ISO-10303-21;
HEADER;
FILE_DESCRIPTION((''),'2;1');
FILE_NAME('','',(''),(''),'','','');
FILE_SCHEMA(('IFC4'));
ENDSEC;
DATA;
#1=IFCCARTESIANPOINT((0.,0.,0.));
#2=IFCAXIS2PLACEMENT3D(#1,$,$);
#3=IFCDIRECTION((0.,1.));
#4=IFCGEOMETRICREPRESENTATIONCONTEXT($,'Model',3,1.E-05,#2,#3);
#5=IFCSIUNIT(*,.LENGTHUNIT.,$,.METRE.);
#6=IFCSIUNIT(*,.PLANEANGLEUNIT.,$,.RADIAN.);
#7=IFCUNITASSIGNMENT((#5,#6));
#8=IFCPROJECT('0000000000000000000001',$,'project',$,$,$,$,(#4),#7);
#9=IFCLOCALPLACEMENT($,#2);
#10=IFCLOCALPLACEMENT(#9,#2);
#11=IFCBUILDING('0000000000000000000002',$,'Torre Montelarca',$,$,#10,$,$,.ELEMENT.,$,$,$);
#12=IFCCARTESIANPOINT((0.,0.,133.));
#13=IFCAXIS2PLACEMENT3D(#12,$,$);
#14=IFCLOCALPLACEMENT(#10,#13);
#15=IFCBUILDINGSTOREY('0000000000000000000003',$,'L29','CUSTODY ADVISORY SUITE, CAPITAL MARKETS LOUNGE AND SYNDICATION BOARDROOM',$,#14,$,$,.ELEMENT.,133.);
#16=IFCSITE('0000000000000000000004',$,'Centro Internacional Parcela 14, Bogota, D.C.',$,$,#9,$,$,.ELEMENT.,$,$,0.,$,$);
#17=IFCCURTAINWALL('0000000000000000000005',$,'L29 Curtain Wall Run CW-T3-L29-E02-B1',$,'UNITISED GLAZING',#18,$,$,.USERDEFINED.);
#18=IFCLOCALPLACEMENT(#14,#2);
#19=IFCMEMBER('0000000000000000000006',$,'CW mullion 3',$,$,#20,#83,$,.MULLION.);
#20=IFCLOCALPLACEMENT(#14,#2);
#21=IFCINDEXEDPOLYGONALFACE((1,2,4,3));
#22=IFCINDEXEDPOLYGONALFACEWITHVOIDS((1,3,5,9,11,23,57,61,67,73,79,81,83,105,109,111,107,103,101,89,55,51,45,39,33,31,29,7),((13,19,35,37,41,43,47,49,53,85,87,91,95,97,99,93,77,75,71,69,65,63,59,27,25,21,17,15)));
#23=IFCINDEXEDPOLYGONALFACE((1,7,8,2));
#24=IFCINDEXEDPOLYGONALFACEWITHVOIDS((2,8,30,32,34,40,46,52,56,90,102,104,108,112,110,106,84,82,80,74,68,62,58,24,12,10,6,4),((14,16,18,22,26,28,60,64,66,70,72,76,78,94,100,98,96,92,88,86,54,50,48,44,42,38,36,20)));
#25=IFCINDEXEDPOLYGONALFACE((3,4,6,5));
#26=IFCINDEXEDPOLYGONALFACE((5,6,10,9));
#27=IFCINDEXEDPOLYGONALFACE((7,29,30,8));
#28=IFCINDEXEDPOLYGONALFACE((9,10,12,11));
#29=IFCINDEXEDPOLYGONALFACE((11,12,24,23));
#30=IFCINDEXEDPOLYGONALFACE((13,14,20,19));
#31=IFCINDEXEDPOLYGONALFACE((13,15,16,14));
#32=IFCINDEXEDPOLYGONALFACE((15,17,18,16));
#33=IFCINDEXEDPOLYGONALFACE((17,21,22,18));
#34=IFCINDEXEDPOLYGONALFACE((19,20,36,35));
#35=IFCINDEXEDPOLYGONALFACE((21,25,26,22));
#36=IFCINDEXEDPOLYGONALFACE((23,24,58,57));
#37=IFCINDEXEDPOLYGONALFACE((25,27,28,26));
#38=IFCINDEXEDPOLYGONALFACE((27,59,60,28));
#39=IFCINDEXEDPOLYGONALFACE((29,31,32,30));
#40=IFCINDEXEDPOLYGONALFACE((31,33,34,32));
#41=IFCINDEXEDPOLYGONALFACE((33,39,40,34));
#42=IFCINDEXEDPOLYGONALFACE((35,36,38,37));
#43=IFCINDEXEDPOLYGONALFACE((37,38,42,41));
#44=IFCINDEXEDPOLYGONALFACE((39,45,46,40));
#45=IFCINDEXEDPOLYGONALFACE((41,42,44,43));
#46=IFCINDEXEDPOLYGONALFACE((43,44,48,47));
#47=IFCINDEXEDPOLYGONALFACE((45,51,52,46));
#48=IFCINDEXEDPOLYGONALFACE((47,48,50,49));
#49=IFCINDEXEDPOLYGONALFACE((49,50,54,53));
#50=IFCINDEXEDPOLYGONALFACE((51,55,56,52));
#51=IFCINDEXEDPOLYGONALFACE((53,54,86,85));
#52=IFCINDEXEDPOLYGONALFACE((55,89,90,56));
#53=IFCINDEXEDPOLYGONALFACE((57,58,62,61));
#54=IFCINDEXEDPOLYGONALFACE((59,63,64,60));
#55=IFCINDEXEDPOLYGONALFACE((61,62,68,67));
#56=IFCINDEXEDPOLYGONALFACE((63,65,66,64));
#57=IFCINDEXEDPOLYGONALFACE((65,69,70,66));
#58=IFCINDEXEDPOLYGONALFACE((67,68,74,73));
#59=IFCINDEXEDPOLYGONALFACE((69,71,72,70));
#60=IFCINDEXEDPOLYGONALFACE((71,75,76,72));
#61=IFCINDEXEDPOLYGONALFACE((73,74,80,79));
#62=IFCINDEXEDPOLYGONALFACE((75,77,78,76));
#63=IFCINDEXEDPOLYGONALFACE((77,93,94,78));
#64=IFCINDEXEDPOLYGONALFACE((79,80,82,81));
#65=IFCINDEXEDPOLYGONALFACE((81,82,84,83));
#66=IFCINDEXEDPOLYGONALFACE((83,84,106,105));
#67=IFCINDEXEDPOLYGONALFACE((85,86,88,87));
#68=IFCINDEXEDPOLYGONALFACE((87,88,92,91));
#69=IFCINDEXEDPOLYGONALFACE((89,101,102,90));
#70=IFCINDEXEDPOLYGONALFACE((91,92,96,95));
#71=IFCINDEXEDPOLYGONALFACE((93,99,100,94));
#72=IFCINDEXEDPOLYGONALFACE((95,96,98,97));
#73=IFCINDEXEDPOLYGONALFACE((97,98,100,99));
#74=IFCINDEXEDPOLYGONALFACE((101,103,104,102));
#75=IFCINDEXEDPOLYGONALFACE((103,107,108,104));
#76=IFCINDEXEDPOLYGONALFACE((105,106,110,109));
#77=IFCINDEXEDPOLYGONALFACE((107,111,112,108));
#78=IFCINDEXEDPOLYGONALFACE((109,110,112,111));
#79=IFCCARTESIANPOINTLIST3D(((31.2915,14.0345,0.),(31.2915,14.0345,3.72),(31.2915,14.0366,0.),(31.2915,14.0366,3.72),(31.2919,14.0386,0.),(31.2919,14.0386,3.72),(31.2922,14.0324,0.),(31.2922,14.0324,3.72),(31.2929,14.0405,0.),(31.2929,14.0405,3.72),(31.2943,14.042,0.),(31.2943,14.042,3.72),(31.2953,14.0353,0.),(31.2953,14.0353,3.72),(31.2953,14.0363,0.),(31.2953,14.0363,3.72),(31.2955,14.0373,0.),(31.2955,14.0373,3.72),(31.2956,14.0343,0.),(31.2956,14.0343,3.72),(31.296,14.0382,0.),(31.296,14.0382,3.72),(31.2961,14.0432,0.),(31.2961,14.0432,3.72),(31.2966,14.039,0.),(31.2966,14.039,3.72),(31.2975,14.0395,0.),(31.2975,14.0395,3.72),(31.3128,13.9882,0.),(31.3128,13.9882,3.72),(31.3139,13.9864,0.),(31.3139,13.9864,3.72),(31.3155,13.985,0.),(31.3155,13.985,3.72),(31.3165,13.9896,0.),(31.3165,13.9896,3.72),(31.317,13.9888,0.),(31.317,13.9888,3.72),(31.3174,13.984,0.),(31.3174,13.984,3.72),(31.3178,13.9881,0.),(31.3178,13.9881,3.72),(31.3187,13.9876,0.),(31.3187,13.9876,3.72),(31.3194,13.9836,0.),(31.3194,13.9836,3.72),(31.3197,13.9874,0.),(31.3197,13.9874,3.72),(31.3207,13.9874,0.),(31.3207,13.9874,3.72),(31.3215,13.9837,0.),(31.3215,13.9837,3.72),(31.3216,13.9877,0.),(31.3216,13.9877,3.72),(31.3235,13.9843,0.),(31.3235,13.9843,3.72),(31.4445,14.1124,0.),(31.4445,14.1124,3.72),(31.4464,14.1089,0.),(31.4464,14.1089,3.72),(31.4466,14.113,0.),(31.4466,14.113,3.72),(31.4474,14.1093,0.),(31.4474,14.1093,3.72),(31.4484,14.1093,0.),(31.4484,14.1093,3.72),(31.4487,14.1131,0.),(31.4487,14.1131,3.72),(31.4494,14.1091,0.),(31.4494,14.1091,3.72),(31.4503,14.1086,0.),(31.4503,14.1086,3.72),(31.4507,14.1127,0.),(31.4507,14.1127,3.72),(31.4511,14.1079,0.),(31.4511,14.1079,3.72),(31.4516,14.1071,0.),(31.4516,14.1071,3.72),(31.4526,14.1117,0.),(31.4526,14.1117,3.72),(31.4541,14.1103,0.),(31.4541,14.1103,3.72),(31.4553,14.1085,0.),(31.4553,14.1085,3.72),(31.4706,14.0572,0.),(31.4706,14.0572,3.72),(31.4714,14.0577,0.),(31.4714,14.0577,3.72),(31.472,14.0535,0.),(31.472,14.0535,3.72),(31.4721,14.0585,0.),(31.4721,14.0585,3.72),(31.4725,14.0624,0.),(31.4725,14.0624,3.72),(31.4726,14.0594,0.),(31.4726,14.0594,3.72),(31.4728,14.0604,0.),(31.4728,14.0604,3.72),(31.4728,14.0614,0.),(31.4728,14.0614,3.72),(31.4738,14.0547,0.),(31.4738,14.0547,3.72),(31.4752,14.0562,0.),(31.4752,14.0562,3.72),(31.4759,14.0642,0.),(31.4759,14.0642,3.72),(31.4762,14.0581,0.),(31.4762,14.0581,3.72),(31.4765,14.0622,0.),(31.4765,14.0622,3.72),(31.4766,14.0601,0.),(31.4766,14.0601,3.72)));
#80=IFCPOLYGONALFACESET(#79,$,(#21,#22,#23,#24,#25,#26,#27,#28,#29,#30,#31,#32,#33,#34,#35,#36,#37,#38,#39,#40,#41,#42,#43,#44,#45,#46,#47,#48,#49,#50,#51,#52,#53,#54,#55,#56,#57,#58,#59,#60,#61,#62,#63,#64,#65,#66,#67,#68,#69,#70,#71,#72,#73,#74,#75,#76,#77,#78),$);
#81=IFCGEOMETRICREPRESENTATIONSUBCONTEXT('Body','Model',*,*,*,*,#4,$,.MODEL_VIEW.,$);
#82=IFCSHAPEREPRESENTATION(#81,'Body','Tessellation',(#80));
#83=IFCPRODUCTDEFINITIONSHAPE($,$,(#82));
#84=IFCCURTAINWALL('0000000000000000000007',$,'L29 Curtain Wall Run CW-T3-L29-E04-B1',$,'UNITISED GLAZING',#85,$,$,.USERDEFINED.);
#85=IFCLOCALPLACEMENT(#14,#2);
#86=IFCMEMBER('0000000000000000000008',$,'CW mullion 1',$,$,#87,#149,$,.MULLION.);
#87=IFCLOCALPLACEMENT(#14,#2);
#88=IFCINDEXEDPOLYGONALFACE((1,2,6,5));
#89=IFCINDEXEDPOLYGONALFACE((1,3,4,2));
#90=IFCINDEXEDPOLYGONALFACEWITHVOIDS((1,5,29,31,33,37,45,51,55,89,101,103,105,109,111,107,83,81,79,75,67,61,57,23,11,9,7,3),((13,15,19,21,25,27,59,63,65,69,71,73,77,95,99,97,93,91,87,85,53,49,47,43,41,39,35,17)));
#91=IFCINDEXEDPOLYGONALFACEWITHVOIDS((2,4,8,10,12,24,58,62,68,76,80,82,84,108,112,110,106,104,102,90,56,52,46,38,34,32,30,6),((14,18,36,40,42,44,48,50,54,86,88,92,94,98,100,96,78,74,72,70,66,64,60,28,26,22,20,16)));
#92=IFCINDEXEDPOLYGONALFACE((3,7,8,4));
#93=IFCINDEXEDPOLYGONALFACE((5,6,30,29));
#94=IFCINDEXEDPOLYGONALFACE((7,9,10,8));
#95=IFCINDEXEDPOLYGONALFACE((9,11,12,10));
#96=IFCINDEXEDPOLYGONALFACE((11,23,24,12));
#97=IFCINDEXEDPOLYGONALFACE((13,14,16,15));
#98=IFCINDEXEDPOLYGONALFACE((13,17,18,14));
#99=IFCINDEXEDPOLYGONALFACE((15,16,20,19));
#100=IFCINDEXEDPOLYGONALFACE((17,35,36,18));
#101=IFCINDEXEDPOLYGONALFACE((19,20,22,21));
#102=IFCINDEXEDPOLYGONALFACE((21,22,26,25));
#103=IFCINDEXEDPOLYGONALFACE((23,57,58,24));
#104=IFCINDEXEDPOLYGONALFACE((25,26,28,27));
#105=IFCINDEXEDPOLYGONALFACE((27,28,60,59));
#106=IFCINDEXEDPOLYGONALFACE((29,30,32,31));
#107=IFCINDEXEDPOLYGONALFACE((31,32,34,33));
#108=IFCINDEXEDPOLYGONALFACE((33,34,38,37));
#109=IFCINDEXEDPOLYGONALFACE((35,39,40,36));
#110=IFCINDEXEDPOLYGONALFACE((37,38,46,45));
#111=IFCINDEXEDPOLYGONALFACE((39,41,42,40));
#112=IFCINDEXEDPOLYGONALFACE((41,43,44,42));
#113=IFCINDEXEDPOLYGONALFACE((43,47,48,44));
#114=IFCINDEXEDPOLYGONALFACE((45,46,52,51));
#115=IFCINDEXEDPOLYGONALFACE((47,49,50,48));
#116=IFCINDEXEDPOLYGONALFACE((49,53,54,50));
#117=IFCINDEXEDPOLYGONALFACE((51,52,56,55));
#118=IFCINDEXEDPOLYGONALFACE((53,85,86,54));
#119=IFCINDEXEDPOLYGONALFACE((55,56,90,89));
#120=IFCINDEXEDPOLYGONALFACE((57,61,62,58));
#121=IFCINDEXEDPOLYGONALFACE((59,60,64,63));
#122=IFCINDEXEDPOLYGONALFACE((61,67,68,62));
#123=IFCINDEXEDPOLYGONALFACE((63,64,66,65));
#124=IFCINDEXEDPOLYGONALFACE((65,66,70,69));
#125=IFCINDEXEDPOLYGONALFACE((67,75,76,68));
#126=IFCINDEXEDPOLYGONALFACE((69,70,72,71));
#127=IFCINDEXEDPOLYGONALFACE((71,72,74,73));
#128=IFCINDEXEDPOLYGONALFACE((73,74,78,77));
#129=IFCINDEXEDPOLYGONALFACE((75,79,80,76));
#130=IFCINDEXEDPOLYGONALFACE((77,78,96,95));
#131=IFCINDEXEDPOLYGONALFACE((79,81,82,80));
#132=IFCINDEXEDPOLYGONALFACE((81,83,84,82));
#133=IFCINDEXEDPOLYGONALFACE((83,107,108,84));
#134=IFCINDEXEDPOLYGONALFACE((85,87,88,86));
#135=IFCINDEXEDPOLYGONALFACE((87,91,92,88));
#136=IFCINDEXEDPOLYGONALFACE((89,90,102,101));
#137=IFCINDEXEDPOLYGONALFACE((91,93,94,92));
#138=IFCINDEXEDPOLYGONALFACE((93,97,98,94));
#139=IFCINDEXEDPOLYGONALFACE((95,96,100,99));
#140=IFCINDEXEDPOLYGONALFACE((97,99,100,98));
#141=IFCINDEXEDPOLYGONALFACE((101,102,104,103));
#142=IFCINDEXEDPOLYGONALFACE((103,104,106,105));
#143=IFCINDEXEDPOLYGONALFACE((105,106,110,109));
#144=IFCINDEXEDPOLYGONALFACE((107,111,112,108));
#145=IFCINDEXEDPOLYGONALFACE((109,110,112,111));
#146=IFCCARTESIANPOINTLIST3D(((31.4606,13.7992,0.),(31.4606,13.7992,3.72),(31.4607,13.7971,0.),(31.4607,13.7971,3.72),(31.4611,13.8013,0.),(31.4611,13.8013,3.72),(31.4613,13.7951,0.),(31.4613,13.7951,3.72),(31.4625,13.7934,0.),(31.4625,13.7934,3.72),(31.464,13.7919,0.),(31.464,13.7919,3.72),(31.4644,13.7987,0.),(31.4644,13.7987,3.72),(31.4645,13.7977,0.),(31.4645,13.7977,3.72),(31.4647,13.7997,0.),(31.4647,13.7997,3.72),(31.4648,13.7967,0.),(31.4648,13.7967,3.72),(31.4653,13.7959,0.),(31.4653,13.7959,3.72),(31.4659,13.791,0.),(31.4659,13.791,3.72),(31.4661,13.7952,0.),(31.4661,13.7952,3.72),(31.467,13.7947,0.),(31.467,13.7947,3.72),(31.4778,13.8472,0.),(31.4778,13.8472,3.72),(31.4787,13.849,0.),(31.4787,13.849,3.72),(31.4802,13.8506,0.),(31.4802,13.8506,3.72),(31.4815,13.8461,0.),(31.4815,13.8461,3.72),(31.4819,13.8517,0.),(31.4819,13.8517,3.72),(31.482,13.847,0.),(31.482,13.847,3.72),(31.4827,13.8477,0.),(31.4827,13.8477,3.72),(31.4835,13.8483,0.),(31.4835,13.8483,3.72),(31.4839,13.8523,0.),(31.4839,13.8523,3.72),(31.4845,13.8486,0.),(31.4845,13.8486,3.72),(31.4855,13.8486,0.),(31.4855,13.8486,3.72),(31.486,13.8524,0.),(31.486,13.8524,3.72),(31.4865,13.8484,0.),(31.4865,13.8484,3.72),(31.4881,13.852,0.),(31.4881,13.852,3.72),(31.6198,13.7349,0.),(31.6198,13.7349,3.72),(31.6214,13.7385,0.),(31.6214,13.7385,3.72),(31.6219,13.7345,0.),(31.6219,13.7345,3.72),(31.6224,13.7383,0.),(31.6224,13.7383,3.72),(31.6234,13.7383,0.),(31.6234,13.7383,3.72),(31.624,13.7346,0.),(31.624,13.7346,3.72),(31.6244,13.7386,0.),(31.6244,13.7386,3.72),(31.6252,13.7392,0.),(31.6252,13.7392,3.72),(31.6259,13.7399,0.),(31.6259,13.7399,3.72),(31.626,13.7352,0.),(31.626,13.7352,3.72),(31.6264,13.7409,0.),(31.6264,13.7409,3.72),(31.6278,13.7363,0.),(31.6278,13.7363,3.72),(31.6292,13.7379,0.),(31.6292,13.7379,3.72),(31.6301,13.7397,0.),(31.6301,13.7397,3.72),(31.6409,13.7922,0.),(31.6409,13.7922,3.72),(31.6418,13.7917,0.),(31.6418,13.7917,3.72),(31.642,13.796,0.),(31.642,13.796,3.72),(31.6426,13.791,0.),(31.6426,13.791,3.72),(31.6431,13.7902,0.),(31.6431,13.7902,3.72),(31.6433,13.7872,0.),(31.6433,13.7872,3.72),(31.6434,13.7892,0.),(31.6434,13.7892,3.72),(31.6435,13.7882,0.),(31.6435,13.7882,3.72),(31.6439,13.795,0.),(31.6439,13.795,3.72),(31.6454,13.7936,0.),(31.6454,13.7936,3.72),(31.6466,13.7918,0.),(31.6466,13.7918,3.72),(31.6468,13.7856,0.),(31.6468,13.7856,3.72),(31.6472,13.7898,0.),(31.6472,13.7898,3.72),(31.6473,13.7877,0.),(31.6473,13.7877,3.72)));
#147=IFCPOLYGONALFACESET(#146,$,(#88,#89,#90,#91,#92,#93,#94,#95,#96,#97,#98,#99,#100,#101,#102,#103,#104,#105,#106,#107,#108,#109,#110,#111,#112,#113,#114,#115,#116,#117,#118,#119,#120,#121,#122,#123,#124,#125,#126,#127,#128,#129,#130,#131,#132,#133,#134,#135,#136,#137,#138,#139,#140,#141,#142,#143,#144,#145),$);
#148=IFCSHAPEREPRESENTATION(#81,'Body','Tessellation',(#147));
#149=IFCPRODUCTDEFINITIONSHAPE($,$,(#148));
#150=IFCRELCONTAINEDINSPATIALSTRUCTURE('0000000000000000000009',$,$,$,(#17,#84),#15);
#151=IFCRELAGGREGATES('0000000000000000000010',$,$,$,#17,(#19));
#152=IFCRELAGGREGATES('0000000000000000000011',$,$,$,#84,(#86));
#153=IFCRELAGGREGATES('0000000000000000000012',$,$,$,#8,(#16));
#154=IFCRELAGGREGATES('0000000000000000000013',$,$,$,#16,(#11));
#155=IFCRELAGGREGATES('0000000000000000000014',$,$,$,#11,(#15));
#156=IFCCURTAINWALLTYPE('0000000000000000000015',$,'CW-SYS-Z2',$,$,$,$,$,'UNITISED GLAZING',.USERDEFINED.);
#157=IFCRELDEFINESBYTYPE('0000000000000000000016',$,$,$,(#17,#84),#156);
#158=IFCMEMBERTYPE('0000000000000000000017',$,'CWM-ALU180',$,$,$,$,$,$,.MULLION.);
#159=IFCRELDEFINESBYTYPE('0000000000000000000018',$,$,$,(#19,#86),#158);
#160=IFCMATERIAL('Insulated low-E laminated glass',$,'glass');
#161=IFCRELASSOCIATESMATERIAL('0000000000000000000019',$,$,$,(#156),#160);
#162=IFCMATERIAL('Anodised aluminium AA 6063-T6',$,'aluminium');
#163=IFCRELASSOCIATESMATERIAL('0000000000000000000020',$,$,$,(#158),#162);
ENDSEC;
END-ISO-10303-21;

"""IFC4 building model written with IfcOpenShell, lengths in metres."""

from ifc_helpers import new_model, si_unit, direction, frame, origin, origin_2d, place, context, subcontext, project, spatial, hollow_rectangle, extrude, source, transform, mapped, material, material_profile, profile_set, type_object, element, aggregate, save


model = new_model("IFC4")

# Units and contexts
model_context = context("Model", 3, precision=1e-05, world=origin(), true_north=direction((0.0, 1.0)))
body_context = subcontext(model_context, "Body", "Model", "MODEL_VIEW")
ifc_project = project(units=[si_unit("LENGTHUNIT", "METRE"), si_unit("PLANEANGLEUNIT", "RADIAN")], contexts=[model_context])

# Site, building, storey
site_placement = place(None, origin())
site = spatial("IfcSite", under=ifc_project, at=site_placement, Name="Centro Internacional Parcela 14, Bogota, D.C.", CompositionType="ELEMENT", RefElevation=0.0)
building_placement = place(site_placement, origin())
building = spatial("IfcBuilding", under=site, at=building_placement, Name="Torre Montelarca", CompositionType="ELEMENT")
storey_placement = place(building_placement, frame((0.0, 0.0, 133.0)))
storey = spatial("IfcBuildingStorey", under=building, at=storey_placement, Name="L29", Description="CUSTODY ADVISORY SUITE, CAPITAL MARKETS LOUNGE AND SYNDICATION BOARDROOM", CompositionType="ELEMENT", Elevation=133.0)

# Curtain wall
ifc_material_1 = material(Name="Insulated low-E laminated glass", Category="glass")
curtain_wall_type = type_object("IfcCurtainWallType", Name="CW-SYS-Z2", ElementType="UNITISED GLAZING", PredefinedType="USERDEFINED", material=ifc_material_1)
curtain_wall_1_placement = place(storey_placement, origin())
curtain_wall_1 = element("IfcCurtainWall", 1, at=curtain_wall_1_placement, inside=storey, type_object=curtain_wall_type, Name="L29 Curtain Wall Run CW-T3-L29-E02-B1", ObjectType="UNITISED GLAZING", PredefinedType="USERDEFINED")
ifc_material_2 = material(Name="Anodised aluminium AA 6063-T6", Category="aluminium")
ifc_material_profile_1 = material_profile(ifc_material_2, hollow_rectangle(XDim=0.0649, YDim=0.1799, WallThickness=0.0039, InnerFilletRadius=0.0039, OuterFilletRadius=0.0081, at=origin_2d()), Name="ALU65X180X4", Category="aluminium")
ifc_profile_set_1 = profile_set([ifc_material_profile_1], Name="Anodised aluminium AA 6063-T6")
member_type_1 = type_object("IfcMemberType", Name="CWM-ALU180", PredefinedType="MULLION", material=ifc_profile_set_1)
shared_shape_1 = source(origin(), body_context, "Body", "SweptSolid", [
    extrude(hollow_rectangle(XDim=0.0649, YDim=0.1799, WallThickness=0.0039, InnerFilletRadius=0.0039, OuterFilletRadius=0.0081, at=origin_2d()), origin(), (0.0, 0.0, 1.0), 3.72),
])

# Member
member_1_placement = place(storey_placement, frame((31.384, 14.0483, 0.0), z_axis=(0.0, 0.0, 1.0), x_axis=(-0.422589, 0.906321, 0.0)))
member_1 = element("IfcMember", 2, at=member_1_placement, type_object=member_type_1, Name="CW mullion 3", PredefinedType="MULLION", context=body_context, shape_type="MappedRepresentation", body=[
    mapped(shared_shape_1, transform((0.0, 0.0, 0.0), scale=1.0)),
])

# Curtain wall, member
curtain_wall_2_placement = place(storey_placement, origin())
curtain_wall_2 = element("IfcCurtainWall", 3, at=curtain_wall_2_placement, inside=storey, type_object=curtain_wall_type, Name="L29 Curtain Wall Run CW-T3-L29-E04-B1", ObjectType="UNITISED GLAZING", PredefinedType="USERDEFINED")
member_2_placement = place(storey_placement, frame((31.554, 13.7935, 0.0), z_axis=(0.0, 0.0, 1.0), x_axis=(0.342015, 0.939695, 0.0)))
member_2 = element("IfcMember", 4, at=member_2_placement, type_object=member_type_1, Name="CW mullion 1", PredefinedType="MULLION", context=body_context, shape_type="MappedRepresentation", body=[
    mapped(shared_shape_1, transform((0.0, 0.0, 0.0), scale=1.0)),
])

aggregate(curtain_wall_1, [member_1])
aggregate(curtain_wall_2, [member_2])

save(model, "model.ifc")
